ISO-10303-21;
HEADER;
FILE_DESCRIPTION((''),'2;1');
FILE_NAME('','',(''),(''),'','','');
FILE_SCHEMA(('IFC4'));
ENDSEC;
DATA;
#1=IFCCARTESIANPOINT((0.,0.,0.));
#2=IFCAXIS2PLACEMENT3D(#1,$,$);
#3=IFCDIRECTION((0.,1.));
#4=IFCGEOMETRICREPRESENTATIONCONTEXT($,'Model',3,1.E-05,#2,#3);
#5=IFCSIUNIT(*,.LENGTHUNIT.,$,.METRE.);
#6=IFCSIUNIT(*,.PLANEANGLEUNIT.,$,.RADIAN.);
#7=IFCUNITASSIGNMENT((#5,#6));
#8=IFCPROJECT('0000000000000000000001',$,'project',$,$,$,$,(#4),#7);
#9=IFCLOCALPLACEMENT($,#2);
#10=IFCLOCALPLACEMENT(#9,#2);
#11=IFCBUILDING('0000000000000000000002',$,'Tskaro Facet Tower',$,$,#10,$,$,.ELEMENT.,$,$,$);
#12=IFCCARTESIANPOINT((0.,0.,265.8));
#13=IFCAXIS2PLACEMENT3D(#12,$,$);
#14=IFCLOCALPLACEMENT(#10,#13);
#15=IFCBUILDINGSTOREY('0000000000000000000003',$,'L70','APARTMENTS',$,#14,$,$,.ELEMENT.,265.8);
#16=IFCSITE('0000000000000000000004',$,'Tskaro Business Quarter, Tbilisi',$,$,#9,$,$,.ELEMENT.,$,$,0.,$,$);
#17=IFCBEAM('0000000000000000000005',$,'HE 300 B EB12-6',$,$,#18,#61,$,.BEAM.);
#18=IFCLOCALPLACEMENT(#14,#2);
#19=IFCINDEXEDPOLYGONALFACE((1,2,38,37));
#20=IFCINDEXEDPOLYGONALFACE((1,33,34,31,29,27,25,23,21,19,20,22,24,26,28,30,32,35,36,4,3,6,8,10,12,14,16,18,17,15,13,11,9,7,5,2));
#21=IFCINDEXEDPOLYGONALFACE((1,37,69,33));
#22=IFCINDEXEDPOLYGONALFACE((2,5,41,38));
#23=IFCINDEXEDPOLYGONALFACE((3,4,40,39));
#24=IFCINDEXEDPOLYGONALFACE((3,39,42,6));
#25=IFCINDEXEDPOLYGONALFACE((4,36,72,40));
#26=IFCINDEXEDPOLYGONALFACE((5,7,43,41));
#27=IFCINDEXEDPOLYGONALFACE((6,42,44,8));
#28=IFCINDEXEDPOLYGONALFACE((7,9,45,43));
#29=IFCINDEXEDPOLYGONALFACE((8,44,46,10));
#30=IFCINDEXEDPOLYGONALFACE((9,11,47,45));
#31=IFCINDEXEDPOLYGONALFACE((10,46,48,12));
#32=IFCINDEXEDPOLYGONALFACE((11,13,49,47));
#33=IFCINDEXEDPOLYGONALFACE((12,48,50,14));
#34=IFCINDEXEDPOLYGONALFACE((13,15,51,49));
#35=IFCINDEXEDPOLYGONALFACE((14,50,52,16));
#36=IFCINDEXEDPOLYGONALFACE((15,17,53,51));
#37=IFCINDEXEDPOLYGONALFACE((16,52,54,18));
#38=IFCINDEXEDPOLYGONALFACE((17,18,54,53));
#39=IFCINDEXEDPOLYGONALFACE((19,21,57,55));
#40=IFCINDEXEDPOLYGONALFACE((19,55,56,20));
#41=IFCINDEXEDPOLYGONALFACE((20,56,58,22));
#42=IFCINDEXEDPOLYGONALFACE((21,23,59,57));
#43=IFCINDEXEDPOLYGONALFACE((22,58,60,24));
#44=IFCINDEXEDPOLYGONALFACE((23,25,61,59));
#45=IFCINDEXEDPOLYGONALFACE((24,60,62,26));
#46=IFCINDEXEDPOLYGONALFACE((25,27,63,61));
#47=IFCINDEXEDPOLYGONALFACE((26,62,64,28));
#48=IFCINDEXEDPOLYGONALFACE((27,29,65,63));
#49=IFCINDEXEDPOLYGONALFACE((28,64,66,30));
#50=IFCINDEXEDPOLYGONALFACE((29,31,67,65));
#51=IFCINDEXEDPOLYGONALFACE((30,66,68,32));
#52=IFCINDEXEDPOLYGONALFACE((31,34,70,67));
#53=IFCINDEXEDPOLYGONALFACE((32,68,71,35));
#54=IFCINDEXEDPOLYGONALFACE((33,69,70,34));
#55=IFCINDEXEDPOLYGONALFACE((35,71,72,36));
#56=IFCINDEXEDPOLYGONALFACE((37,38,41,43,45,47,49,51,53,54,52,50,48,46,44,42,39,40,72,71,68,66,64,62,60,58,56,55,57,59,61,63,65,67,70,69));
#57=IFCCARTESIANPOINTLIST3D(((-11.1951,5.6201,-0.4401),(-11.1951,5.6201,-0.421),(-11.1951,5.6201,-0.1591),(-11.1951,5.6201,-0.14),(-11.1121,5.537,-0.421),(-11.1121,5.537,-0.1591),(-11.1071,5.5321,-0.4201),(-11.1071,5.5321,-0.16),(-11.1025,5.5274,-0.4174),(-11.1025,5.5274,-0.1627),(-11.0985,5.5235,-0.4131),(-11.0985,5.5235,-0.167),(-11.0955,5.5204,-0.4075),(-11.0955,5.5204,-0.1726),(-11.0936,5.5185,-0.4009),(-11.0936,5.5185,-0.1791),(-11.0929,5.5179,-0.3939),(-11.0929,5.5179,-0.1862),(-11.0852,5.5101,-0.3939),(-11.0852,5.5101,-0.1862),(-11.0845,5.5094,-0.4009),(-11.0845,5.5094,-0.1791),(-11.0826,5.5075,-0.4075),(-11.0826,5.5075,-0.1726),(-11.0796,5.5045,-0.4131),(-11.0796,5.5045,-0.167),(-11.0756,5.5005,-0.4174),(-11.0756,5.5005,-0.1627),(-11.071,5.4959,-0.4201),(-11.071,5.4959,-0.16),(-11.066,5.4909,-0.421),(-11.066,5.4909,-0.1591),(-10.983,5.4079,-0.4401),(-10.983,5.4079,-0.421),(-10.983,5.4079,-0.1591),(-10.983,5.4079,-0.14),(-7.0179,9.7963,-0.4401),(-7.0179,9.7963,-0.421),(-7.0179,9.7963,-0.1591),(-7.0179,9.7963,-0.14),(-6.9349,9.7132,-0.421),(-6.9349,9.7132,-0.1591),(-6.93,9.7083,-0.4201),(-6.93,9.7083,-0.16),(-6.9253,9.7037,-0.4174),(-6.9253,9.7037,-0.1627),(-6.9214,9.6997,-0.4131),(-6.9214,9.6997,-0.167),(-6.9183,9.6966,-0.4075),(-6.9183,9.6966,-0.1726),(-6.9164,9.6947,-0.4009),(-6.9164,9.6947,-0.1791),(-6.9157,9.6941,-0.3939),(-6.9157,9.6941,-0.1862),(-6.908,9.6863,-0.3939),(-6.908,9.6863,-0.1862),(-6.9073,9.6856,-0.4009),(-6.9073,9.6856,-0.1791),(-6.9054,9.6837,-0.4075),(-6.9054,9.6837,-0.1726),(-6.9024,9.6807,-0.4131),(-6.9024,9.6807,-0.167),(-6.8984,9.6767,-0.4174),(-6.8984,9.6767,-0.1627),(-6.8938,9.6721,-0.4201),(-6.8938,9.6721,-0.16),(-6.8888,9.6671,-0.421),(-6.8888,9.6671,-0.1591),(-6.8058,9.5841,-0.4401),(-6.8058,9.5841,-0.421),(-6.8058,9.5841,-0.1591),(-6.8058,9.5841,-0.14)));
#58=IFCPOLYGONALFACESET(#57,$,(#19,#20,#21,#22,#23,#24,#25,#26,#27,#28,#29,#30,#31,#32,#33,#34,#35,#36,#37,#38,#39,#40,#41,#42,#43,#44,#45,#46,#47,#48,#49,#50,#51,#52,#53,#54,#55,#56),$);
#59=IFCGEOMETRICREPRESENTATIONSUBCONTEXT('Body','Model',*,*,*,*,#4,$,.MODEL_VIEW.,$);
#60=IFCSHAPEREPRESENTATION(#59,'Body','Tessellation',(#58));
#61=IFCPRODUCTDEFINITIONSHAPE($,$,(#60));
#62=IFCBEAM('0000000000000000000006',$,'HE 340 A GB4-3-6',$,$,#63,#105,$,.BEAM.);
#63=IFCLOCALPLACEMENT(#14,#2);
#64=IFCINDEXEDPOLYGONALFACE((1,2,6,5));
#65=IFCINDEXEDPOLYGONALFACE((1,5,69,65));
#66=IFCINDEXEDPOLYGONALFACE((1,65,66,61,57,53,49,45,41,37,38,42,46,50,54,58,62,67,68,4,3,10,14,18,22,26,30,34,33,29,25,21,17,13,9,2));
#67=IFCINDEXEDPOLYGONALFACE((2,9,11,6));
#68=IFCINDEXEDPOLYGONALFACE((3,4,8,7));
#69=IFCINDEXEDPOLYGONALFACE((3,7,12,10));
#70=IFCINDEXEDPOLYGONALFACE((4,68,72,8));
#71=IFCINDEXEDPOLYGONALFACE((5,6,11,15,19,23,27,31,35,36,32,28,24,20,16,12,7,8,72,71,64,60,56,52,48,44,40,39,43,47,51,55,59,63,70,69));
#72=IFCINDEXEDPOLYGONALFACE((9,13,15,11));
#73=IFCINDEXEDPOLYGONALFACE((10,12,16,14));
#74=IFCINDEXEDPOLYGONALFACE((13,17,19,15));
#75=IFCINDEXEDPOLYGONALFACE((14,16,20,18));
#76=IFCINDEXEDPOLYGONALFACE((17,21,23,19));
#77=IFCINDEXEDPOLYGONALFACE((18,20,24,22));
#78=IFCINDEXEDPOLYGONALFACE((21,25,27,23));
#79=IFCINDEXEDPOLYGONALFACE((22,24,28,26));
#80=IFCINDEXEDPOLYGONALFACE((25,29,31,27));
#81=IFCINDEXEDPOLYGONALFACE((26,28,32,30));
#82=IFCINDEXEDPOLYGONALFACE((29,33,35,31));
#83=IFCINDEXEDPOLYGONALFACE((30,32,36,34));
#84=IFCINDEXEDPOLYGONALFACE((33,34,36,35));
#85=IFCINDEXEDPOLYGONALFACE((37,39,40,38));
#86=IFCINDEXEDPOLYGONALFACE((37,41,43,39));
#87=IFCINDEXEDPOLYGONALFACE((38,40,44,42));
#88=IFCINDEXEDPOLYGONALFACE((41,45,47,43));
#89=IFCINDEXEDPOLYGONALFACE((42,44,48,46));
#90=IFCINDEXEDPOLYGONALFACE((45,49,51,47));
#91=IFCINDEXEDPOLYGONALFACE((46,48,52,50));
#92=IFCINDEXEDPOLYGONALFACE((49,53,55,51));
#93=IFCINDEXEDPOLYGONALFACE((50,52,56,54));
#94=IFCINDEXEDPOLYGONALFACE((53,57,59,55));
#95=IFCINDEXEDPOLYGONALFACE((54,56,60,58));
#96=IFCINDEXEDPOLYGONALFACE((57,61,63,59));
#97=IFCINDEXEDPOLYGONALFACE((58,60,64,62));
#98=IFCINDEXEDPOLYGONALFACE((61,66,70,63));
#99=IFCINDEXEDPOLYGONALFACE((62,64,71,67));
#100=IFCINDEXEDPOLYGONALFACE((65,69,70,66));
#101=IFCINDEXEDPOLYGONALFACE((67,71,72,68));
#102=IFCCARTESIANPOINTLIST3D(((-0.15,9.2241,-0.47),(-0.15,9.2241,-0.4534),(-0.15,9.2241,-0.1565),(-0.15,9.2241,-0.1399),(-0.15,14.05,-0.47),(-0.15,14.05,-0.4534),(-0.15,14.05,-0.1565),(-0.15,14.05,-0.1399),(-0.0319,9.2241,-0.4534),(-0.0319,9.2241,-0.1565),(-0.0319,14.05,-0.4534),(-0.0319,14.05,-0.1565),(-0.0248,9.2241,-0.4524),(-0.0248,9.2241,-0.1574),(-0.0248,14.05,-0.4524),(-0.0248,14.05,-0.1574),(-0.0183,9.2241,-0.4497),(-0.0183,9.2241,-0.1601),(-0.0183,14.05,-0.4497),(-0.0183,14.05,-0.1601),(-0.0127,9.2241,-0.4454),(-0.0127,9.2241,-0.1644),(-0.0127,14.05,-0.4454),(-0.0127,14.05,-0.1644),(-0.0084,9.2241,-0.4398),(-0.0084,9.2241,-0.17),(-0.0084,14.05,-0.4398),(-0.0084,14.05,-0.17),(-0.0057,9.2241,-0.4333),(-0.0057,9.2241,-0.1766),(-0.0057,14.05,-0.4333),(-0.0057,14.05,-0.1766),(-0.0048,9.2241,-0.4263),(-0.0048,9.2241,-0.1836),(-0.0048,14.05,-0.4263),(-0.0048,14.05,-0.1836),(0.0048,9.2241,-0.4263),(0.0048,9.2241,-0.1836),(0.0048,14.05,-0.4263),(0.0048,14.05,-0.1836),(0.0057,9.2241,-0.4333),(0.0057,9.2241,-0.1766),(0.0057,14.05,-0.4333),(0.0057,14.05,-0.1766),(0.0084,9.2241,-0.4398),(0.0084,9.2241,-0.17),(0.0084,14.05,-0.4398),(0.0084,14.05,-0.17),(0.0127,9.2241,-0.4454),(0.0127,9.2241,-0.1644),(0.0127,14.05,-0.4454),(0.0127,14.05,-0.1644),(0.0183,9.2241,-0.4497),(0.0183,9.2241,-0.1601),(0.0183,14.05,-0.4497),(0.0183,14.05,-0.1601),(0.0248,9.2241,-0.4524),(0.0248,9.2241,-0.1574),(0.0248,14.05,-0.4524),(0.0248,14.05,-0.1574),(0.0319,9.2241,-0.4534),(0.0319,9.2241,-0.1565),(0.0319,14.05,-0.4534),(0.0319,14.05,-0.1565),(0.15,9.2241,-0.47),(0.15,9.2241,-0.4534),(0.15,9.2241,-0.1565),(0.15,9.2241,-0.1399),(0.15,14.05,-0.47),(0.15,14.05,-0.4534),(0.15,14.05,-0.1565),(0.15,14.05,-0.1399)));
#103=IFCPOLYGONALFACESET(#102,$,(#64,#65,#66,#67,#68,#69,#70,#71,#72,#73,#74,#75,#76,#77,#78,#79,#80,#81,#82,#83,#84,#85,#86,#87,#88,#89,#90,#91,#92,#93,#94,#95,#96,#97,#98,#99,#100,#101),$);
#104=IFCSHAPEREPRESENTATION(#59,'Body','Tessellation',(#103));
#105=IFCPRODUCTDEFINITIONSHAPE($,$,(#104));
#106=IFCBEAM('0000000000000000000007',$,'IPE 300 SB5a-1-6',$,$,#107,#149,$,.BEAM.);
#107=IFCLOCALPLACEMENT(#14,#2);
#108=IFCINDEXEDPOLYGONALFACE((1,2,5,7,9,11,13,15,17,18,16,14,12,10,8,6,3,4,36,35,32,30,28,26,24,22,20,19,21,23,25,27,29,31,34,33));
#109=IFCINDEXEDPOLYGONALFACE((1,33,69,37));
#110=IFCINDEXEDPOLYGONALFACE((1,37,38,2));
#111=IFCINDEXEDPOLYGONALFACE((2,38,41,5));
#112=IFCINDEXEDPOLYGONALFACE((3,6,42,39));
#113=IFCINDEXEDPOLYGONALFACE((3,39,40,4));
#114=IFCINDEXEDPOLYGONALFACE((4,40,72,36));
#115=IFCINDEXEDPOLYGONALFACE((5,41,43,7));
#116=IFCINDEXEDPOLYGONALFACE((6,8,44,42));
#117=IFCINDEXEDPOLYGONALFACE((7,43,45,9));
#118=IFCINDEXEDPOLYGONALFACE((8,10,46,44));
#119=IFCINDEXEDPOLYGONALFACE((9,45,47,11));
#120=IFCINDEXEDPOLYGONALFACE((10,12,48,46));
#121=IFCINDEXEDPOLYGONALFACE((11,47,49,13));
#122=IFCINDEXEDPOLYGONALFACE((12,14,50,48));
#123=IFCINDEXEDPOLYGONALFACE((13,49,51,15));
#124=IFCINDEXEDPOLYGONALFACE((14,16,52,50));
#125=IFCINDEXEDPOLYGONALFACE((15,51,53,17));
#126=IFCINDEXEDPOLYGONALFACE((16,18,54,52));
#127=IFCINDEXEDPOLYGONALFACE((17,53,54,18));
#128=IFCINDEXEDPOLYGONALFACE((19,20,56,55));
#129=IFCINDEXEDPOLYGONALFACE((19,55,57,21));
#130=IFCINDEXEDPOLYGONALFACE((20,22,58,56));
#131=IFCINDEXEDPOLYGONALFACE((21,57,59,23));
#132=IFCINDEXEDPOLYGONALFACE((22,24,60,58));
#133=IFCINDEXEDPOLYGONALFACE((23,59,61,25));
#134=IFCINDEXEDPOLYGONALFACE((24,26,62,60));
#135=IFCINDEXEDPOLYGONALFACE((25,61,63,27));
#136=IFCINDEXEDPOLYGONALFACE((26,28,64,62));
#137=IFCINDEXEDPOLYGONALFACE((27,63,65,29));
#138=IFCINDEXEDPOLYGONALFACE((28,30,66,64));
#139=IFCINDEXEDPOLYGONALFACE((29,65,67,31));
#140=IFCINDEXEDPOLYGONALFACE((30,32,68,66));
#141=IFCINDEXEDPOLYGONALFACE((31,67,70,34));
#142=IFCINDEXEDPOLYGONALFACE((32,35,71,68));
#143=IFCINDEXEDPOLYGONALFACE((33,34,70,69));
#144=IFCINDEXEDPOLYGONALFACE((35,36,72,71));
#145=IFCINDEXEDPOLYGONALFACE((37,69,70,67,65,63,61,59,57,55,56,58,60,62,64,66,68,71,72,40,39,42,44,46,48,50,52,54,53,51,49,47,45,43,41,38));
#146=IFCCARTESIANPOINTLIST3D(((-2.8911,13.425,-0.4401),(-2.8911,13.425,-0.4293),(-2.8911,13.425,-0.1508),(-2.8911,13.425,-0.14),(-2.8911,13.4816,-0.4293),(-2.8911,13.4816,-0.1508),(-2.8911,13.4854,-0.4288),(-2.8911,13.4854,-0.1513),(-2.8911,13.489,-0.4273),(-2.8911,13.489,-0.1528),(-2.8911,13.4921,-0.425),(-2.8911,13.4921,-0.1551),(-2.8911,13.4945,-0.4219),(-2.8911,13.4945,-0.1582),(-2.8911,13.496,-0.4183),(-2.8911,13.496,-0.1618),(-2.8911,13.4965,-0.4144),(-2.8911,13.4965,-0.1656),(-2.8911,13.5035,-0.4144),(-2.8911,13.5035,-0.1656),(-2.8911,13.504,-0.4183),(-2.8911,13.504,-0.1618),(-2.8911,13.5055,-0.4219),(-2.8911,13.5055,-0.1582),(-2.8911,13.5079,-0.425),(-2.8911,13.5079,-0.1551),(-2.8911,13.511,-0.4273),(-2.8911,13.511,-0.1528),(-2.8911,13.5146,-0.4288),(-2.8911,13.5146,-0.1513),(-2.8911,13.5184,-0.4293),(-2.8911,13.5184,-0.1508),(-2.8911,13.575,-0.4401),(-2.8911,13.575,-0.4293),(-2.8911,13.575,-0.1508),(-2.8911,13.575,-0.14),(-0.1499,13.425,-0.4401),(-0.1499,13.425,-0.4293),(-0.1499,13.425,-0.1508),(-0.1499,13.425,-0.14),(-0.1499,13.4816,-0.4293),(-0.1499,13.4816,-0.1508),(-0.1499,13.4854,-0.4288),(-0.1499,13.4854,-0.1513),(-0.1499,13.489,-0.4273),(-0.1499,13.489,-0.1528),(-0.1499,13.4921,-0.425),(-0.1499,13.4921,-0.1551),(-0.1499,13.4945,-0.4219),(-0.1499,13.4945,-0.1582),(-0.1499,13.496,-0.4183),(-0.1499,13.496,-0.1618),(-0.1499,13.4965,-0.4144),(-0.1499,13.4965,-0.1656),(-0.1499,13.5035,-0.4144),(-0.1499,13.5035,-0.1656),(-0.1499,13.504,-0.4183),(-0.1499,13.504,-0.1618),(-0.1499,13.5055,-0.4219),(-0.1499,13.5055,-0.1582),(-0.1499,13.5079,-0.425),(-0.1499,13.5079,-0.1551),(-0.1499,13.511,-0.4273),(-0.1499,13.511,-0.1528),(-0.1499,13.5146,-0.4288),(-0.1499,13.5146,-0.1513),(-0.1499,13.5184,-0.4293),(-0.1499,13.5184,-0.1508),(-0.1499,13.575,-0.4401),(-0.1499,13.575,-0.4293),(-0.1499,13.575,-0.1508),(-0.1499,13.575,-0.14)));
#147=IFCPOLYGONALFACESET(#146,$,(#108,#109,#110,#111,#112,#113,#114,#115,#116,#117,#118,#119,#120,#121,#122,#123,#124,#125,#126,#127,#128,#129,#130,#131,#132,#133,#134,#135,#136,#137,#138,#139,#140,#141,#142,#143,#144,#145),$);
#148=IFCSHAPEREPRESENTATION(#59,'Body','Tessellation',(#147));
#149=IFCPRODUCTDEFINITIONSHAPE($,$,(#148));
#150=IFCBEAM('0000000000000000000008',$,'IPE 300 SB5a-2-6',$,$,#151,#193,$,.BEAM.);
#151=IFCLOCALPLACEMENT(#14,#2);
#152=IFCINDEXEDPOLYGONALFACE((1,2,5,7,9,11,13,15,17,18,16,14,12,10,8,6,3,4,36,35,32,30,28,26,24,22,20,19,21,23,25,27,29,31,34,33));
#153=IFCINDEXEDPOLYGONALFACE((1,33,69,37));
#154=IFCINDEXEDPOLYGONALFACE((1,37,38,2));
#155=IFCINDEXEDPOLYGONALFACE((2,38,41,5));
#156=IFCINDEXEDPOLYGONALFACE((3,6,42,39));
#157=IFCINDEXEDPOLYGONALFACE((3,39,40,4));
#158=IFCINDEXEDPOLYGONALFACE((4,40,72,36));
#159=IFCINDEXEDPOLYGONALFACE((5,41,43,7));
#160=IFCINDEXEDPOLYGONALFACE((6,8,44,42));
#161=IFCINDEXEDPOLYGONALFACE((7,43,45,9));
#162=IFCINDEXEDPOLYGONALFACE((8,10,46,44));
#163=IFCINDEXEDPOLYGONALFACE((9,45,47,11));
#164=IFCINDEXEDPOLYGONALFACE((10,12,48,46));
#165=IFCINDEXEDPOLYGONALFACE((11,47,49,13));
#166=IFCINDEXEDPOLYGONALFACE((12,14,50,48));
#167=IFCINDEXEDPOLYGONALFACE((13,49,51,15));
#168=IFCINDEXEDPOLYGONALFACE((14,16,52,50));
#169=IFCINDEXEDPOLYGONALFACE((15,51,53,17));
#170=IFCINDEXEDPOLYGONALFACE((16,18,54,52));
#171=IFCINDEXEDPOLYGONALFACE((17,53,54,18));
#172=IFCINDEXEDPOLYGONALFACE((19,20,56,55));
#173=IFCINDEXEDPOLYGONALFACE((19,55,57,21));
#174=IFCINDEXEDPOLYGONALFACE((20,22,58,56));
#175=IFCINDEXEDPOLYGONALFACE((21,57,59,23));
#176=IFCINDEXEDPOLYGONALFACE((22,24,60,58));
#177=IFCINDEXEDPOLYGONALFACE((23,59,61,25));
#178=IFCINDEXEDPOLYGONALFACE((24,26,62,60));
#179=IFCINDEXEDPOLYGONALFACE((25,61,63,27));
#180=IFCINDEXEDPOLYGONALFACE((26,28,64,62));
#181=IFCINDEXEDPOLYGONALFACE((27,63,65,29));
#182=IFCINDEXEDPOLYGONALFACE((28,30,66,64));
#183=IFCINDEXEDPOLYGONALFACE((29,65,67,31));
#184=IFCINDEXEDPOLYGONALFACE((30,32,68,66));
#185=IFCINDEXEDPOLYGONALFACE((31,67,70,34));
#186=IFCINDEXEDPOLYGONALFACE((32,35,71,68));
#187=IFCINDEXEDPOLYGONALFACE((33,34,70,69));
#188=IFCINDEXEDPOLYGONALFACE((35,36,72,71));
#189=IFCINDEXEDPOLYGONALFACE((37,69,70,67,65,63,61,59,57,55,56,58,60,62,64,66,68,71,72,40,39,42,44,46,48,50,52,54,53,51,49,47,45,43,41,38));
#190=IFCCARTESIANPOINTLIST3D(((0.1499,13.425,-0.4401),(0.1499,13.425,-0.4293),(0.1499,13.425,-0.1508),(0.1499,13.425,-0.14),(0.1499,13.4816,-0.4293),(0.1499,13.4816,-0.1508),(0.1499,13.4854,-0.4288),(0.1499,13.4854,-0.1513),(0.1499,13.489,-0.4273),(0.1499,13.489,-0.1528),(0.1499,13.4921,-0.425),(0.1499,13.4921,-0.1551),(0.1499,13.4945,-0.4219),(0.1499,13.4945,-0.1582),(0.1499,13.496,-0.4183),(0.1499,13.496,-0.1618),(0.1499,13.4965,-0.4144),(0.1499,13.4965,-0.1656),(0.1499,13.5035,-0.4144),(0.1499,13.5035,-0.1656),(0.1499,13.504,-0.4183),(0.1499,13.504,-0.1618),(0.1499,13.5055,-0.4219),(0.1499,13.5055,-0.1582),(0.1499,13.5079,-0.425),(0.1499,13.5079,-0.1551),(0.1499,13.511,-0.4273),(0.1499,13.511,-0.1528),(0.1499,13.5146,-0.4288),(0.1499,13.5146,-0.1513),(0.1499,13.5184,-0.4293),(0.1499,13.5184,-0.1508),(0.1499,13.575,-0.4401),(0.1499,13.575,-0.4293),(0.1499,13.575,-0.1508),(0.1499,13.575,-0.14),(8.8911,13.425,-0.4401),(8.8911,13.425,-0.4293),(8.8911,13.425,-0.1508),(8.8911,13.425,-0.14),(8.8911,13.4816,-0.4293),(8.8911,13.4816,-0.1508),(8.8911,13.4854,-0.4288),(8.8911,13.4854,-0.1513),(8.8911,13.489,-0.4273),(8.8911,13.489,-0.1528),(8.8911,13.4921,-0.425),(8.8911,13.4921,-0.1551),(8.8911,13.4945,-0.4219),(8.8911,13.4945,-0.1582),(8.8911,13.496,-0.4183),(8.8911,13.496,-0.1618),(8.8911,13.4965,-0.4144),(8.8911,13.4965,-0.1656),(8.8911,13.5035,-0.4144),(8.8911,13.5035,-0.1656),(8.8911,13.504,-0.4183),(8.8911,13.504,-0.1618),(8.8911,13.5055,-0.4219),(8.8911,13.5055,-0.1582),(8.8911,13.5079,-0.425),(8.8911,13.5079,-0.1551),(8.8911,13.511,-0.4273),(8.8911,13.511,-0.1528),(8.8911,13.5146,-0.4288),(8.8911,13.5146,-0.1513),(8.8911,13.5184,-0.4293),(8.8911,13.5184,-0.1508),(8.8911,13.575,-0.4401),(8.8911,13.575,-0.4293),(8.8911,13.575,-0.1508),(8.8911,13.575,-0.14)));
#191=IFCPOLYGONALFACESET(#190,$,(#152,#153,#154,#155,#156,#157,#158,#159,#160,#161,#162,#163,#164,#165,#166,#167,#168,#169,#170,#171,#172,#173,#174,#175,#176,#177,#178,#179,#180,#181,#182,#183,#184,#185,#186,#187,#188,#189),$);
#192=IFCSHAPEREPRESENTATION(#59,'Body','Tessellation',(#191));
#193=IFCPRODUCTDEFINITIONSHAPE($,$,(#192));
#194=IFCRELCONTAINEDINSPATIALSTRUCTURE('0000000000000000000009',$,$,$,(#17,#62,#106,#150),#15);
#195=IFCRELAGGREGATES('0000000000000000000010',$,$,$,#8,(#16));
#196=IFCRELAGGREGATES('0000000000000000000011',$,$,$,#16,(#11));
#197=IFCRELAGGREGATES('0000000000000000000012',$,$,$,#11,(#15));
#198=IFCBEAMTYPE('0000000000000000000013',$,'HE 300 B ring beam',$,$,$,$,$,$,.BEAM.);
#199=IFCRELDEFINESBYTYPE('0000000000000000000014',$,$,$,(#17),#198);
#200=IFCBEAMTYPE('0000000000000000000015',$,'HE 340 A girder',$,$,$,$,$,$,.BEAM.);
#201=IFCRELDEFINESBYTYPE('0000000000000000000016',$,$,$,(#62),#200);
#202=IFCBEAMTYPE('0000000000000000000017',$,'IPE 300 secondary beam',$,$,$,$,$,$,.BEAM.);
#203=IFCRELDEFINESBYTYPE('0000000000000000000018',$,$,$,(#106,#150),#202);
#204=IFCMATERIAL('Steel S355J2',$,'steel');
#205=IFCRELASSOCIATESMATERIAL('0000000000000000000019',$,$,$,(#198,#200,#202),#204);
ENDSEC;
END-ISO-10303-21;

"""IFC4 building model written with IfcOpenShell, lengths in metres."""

from ifc_helpers import new_model, si_unit, direction, frame, origin, origin_2d, place, context, subcontext, project, spatial, i_section, extrude, material, material_profile, profile_set, type_object, element, save


model = new_model("IFC4")

# Units and contexts
model_context = context("Model", 3, precision=1e-05, world=origin(), true_north=direction((0.0, 1.0)))
body_context = subcontext(model_context, "Body", "Model", "MODEL_VIEW")
ifc_project = project(units=[si_unit("LENGTHUNIT", "METRE"), si_unit("PLANEANGLEUNIT", "RADIAN")], contexts=[model_context])

# Site, building, storey
site_placement = place(None, origin())
site = spatial("IfcSite", under=ifc_project, at=site_placement, Name="Tskaro Business Quarter, Tbilisi", CompositionType="ELEMENT", RefElevation=0.0)
building_placement = place(site_placement, origin())
building = spatial("IfcBuilding", under=site, at=building_placement, Name="Tskaro Facet Tower", CompositionType="ELEMENT")
storey_placement = place(building_placement, frame((0.0, 0.0, 265.8)))
storey = spatial("IfcBuildingStorey", under=building, at=storey_placement, Name="L70", Description="APARTMENTS", CompositionType="ELEMENT", Elevation=265.8)

# Shared definitions
ifc_material_1 = material(Name="Steel S355J2", Category="steel")

# Beams
ifc_material_profile_1 = material_profile(ifc_material_1, i_section(OverallWidth=0.3, OverallDepth=0.3, WebThickness=0.011, FlangeThickness=0.019, FilletRadius=0.0271, at=origin_2d()), Name="HE 300 B")
ifc_profile_set_1 = profile_set([ifc_material_profile_1], Name="Steel S355J2")
beam_type_1 = type_object("IfcBeamType", Name="HE 300 B ring beam", PredefinedType="BEAM", material=ifc_profile_set_1)
for number, where, z_axis, x_axis, name in (
    (1, (-6.9119, 9.6902, -0.29), (-0.707189, -0.707024, 0.0), (0.707024, -0.707189, 0.0), "HE 300 B EB12-6"),
):
    element("IfcBeam", number, at=place(storey_placement, frame(where, z_axis=z_axis, x_axis=x_axis)), inside=storey, type_object=beam_type_1, Name=name, PredefinedType="BEAM", context=body_context, shape_type="SweptSolid", body=[
        extrude(i_section(OverallWidth=0.3, OverallDepth=0.3, WebThickness=0.011, FlangeThickness=0.019, FilletRadius=0.0271, at=origin_2d()), origin(), (0.0, 0.0, 1.0), 5.9067),
    ])
ifc_material_profile_2 = material_profile(ifc_material_1, i_section(OverallWidth=0.3, OverallDepth=0.3301, WebThickness=0.0095, FlangeThickness=0.0166, FilletRadius=0.0271, at=origin_2d()), Name="HE 340 A")
ifc_profile_set_2 = profile_set([ifc_material_profile_2], Name="Steel S355J2")
beam_type_2 = type_object("IfcBeamType", Name="HE 340 A girder", PredefinedType="BEAM", material=ifc_profile_set_2)
beam_1_placement = place(storey_placement, frame((0.0, 9.2241, -0.3049), z_axis=(0.0, 1.0, 0.0), x_axis=(-1.0, 0.0, 0.0)))
element("IfcBeam", 2, at=beam_1_placement, inside=storey, type_object=beam_type_2, Name="HE 340 A GB4-3-6", PredefinedType="BEAM", context=body_context, shape_type="SweptSolid", body=[
    extrude(i_section(OverallWidth=0.3, OverallDepth=0.3301, WebThickness=0.0095, FlangeThickness=0.0166, FilletRadius=0.0271, at=origin_2d()), origin(), (0.0, 0.0, 1.0), 4.8259),
])
ifc_material_profile_3 = material_profile(ifc_material_1, i_section(OverallWidth=0.1499, OverallDepth=0.3, WebThickness=0.0071, FlangeThickness=0.0107, FilletRadius=0.0149, at=origin_2d()), Name="IPE 300")
ifc_profile_set_3 = profile_set([ifc_material_profile_3], Name="Steel S355J2")
beam_type_3 = type_object("IfcBeamType", Name="IPE 300 secondary beam", PredefinedType="BEAM", material=ifc_profile_set_3)
beam_2_placement = place(storey_placement, frame((-2.8911, 13.5, -0.29), z_axis=(1.0, 0.0, 0.0), x_axis=(0.0, 1.0, 0.0)))
element("IfcBeam", 3, at=beam_2_placement, inside=storey, type_object=beam_type_3, Name="IPE 300 SB5a-1-6", PredefinedType="BEAM", context=body_context, shape_type="SweptSolid", body=[
    extrude(i_section(OverallWidth=0.1499, OverallDepth=0.3, WebThickness=0.0071, FlangeThickness=0.0107, FilletRadius=0.0149, at=origin_2d()), origin(), (0.0, 0.0, 1.0), 2.7412),
])
beam_3_placement = place(storey_placement, frame((0.1499, 13.5, -0.29), z_axis=(1.0, 0.0, 0.0), x_axis=(0.0, 1.0, 0.0)))
element("IfcBeam", 4, at=beam_3_placement, inside=storey, type_object=beam_type_3, Name="IPE 300 SB5a-2-6", PredefinedType="BEAM", context=body_context, shape_type="SweptSolid", body=[
    extrude(i_section(OverallWidth=0.1499, OverallDepth=0.3, WebThickness=0.0071, FlangeThickness=0.0107, FilletRadius=0.0149, at=origin_2d()), origin(), (0.0, 0.0, 1.0), 8.7412),
])

save(model, "model.ifc")
